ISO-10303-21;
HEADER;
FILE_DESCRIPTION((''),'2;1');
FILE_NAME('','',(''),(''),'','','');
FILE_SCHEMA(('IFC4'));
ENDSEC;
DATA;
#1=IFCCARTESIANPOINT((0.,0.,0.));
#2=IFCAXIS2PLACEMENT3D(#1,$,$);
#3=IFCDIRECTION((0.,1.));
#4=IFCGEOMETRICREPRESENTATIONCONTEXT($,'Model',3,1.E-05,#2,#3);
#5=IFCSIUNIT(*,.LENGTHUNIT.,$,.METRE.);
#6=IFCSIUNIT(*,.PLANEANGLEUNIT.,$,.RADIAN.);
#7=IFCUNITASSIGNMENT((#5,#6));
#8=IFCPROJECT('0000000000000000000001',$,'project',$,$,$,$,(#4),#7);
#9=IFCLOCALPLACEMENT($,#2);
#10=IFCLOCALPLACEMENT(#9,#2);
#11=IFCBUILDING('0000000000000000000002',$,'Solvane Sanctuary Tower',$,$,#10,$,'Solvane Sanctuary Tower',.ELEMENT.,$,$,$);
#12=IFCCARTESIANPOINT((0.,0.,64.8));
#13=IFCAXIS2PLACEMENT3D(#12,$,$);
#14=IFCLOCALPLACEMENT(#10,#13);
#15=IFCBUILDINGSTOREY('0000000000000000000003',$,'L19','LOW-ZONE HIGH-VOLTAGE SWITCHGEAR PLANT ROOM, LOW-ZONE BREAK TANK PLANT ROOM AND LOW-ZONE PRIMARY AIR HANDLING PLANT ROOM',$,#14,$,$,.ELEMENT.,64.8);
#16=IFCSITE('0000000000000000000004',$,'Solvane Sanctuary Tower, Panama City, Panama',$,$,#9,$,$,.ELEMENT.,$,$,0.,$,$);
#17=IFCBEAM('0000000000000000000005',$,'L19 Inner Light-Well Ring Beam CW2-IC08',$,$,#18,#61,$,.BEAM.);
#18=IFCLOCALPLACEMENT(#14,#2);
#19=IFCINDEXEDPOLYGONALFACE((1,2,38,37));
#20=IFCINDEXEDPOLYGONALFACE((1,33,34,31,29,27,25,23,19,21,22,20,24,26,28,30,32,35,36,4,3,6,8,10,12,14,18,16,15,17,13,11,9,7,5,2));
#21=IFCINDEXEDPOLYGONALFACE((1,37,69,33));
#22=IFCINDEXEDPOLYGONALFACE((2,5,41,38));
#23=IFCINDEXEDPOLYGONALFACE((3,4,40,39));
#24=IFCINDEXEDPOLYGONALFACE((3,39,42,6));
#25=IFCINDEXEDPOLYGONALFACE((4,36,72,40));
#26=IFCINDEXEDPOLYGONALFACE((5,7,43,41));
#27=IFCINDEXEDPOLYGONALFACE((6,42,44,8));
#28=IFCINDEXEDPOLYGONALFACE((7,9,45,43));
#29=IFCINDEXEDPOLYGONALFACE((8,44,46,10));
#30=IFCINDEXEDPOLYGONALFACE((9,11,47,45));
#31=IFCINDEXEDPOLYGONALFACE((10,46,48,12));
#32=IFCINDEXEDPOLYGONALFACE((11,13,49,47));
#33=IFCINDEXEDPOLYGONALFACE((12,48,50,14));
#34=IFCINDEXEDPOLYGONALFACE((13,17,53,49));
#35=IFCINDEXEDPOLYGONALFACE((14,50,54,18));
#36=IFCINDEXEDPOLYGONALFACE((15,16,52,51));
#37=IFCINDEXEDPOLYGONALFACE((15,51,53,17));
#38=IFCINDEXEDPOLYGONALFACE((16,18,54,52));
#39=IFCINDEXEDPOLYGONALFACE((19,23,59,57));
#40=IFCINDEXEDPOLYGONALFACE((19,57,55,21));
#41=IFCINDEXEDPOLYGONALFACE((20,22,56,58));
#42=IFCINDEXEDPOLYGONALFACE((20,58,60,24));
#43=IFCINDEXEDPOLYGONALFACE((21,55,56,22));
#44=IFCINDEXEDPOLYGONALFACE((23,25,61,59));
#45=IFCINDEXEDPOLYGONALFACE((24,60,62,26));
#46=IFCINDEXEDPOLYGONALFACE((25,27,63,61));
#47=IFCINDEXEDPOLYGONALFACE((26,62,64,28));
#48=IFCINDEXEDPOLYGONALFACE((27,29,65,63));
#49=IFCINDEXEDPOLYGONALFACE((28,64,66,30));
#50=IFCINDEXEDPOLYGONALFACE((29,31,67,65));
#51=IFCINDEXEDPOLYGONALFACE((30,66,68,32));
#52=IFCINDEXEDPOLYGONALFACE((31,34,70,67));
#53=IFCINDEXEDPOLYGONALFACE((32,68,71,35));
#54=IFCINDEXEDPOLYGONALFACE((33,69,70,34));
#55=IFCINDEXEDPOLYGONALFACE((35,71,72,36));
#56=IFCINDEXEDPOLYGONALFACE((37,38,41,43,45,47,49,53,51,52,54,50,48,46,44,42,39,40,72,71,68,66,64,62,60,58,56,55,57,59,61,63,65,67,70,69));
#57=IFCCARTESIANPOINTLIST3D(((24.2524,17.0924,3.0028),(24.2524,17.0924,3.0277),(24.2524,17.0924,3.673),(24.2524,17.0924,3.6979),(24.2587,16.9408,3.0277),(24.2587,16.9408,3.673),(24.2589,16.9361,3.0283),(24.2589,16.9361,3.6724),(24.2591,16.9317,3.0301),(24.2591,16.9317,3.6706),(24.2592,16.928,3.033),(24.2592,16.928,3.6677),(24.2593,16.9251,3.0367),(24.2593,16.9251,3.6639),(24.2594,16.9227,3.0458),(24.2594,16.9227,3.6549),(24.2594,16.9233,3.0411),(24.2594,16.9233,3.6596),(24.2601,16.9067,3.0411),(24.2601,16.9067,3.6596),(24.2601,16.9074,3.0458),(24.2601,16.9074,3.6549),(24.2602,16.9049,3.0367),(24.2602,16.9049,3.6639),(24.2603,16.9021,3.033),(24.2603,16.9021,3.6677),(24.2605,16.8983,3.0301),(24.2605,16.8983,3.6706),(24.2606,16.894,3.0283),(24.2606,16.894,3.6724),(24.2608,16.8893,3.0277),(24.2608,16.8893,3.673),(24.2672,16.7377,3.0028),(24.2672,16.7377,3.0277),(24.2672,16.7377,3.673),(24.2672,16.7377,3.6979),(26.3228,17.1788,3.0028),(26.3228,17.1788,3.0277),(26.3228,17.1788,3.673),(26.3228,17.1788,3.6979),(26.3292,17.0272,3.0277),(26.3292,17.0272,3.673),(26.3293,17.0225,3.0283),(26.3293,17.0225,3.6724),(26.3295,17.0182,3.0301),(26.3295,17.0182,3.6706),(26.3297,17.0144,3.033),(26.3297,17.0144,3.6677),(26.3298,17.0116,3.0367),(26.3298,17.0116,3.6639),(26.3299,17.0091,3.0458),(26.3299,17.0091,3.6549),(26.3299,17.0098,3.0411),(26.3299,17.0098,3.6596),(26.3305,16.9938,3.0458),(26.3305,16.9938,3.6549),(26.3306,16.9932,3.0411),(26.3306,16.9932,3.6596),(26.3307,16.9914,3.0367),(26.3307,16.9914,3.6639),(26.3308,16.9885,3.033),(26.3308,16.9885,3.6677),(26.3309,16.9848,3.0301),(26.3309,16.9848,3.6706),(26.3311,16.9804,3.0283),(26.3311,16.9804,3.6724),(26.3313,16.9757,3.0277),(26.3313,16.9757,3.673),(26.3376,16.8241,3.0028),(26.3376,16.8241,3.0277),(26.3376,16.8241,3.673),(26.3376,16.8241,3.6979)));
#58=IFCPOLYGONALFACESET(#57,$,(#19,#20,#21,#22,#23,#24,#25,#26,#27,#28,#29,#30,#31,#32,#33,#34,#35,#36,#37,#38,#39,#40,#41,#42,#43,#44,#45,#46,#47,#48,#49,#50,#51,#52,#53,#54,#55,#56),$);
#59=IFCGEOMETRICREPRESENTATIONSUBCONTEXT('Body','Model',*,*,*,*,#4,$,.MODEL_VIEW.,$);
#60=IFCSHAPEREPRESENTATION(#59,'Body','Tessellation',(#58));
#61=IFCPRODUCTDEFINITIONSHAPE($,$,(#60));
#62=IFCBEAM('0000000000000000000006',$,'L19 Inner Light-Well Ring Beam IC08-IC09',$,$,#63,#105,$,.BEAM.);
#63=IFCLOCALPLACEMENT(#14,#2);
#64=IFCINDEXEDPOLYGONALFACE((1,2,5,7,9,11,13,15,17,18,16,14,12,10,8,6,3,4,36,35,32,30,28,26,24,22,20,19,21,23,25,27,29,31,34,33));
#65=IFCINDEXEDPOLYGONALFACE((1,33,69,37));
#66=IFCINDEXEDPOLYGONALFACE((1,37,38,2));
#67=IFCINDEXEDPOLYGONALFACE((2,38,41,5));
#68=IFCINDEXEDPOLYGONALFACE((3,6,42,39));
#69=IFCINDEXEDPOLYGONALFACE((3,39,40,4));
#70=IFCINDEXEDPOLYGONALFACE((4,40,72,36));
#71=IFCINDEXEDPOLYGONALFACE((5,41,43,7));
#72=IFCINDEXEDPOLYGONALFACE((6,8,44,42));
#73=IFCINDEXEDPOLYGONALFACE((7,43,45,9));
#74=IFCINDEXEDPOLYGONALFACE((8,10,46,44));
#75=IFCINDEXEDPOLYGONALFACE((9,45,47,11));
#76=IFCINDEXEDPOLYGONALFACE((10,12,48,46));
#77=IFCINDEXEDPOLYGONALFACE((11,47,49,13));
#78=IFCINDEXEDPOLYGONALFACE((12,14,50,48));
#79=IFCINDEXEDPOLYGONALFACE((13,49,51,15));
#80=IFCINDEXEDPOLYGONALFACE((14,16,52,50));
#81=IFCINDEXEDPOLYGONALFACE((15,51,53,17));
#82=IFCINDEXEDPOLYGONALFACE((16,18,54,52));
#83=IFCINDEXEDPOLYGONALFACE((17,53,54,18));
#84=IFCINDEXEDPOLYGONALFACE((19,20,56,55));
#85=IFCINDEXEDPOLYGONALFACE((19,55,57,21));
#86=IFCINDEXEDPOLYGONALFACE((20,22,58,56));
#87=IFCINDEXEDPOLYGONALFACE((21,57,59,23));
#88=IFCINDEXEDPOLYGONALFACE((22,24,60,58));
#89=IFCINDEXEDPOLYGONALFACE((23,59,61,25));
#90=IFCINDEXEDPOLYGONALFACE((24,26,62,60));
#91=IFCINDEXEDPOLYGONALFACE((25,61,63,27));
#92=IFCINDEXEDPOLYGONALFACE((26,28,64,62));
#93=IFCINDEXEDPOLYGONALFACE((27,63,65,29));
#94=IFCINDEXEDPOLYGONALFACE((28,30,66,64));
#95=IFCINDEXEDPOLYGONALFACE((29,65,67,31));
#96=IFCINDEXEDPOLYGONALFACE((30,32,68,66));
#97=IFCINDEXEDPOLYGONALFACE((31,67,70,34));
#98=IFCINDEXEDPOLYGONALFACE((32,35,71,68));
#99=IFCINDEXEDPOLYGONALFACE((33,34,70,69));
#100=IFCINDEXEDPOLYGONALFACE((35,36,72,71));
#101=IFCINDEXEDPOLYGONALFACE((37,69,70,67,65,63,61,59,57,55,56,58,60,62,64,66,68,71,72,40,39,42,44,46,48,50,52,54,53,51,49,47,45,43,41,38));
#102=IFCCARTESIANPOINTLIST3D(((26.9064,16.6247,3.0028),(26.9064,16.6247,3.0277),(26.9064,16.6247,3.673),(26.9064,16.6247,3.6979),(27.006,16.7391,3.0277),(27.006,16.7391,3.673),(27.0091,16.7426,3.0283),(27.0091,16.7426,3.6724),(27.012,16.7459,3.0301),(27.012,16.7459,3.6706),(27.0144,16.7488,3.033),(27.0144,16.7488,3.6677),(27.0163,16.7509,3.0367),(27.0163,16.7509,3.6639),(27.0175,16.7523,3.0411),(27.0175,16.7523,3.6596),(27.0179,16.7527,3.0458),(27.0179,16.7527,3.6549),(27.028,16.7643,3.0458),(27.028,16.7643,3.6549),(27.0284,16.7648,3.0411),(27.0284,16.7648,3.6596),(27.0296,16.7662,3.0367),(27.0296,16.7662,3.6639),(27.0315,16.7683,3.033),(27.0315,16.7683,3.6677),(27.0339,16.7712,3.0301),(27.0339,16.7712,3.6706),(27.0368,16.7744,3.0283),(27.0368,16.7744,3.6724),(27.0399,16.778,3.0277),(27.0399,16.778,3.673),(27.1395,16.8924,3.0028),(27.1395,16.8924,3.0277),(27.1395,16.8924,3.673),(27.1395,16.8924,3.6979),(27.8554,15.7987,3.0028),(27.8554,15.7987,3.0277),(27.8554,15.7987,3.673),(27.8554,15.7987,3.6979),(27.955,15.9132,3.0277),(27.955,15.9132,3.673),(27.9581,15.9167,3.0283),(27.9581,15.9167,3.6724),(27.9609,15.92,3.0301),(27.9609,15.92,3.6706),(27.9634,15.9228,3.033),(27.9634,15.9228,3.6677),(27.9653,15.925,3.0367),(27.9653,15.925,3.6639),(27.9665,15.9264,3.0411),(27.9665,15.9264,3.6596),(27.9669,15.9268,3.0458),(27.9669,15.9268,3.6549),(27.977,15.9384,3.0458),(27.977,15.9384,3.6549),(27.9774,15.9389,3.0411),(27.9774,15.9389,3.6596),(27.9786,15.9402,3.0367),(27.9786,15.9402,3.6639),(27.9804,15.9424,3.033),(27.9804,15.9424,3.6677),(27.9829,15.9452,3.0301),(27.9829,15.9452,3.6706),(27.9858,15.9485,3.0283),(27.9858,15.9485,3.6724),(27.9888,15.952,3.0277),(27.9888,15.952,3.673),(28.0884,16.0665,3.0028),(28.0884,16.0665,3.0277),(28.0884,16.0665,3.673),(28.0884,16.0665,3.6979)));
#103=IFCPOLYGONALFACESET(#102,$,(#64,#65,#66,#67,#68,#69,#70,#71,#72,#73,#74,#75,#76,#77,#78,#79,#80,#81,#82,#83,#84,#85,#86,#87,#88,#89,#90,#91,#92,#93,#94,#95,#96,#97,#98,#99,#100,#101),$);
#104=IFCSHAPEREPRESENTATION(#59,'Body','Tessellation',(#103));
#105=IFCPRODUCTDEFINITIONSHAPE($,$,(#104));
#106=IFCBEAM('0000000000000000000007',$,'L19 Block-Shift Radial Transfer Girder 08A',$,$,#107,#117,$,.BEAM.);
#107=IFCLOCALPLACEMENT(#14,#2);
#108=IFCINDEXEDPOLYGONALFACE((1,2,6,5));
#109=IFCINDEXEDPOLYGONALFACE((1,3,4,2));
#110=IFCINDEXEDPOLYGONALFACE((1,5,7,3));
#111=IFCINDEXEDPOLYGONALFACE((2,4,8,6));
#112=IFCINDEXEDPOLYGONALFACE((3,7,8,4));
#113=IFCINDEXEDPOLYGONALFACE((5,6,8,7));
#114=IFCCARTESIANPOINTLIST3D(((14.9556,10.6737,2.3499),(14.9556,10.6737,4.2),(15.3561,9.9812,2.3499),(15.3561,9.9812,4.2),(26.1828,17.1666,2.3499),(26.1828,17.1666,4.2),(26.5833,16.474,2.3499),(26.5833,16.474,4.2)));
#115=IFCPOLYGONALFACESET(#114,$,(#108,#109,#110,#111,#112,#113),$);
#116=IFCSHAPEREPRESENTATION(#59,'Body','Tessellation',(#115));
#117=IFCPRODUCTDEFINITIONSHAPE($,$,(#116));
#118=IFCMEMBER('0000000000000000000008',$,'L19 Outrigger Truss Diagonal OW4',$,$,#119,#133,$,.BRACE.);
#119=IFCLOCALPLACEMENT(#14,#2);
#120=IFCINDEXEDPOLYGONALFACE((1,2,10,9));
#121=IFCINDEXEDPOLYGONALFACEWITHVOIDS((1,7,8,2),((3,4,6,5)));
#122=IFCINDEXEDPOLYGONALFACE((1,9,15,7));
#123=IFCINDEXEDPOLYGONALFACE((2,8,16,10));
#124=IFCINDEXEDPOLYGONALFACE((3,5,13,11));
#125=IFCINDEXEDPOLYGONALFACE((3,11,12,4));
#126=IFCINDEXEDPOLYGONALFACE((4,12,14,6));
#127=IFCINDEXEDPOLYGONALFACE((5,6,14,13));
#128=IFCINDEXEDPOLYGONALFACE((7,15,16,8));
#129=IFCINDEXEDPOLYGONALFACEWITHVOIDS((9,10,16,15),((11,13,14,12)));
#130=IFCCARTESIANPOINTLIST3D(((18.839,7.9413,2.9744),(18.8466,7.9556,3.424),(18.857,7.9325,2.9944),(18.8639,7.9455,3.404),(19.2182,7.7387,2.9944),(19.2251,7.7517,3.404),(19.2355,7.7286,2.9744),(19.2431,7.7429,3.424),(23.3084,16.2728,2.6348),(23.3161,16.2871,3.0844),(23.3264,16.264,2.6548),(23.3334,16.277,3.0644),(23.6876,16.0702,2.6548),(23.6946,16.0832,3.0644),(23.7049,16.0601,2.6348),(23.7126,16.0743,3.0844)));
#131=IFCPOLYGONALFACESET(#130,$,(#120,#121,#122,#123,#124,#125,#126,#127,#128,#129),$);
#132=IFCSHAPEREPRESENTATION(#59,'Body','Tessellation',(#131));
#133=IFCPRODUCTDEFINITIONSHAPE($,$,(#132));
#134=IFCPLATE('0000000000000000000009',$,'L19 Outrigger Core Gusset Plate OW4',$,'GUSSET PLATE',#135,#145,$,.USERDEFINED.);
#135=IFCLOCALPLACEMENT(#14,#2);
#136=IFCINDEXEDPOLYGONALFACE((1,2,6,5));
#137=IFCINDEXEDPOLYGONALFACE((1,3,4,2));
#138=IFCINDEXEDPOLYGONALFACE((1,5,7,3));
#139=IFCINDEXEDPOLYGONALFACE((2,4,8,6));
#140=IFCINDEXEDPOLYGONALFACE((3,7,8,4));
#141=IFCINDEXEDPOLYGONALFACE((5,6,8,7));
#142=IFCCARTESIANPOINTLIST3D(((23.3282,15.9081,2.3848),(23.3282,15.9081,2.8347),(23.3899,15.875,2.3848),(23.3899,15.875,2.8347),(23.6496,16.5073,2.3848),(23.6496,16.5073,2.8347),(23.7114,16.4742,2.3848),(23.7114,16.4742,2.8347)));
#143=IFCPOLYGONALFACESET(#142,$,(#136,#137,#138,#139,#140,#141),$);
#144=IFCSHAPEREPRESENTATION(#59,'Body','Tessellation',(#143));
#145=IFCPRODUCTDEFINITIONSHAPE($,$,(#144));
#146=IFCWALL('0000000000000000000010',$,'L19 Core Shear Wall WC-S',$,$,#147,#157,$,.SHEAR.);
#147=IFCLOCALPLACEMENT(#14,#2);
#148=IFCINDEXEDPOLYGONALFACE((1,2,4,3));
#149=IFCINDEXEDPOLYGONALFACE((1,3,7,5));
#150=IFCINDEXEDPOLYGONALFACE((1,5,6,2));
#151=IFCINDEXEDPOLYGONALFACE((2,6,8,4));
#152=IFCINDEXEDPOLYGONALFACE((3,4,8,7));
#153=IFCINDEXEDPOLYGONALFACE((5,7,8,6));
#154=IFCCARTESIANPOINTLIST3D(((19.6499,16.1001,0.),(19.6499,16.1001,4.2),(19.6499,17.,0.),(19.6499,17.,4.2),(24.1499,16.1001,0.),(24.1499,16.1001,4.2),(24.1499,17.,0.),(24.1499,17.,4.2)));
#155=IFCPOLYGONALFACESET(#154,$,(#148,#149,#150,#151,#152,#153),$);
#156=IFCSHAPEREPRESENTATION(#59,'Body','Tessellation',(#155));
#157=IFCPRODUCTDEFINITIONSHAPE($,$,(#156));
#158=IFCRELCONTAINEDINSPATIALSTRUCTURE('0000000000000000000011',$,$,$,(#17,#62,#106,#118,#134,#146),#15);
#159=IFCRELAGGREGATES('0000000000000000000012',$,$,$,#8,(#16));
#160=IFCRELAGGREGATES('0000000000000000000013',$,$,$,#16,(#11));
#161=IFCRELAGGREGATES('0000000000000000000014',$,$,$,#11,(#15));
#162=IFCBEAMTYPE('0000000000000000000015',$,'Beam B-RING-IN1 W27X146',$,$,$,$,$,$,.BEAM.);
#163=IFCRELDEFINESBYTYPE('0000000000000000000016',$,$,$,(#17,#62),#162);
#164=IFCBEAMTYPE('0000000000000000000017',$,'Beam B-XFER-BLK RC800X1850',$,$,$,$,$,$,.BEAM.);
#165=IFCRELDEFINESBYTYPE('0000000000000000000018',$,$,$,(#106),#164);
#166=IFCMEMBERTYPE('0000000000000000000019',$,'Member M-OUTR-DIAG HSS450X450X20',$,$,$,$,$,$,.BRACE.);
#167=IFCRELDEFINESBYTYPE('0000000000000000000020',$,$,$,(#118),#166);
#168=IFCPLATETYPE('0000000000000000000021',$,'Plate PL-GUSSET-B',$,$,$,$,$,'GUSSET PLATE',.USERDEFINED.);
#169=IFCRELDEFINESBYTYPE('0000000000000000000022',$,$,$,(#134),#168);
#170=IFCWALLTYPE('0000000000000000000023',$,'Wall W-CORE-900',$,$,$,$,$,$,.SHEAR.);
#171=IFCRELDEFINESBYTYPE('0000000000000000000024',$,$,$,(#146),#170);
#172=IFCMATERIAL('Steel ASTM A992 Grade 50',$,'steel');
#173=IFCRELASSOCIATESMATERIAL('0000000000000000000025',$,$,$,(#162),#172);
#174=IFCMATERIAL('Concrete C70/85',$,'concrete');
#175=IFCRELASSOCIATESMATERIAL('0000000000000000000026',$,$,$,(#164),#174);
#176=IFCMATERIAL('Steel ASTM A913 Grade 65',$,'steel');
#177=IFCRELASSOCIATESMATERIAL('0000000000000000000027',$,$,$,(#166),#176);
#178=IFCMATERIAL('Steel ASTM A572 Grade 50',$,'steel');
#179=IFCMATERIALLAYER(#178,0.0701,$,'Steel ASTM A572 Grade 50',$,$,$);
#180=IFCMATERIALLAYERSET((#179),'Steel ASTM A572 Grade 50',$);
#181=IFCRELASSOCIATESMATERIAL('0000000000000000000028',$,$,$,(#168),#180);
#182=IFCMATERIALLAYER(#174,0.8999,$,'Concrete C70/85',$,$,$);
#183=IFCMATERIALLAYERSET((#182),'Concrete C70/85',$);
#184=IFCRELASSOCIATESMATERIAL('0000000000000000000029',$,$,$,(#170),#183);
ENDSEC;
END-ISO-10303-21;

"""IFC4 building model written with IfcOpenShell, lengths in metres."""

from ifc_helpers import new_model, si_unit, direction, frame, frame_2d, origin, origin_2d, place, context, subcontext, project, spatial, rectangle, hollow_rectangle, i_section, extrude, material, layer, layer_set, material_profile, profile_set, type_object, element, save


model = new_model("IFC4")

# Units and contexts
model_context = context("Model", 3, precision=1e-05, world=origin(), true_north=direction((0.0, 1.0)))
body_context = subcontext(model_context, "Body", "Model", "MODEL_VIEW")
ifc_project = project(units=[si_unit("LENGTHUNIT", "METRE"), si_unit("PLANEANGLEUNIT", "RADIAN")], contexts=[model_context])

# Site, building, storey
site_placement = place(None, origin())
site = spatial("IfcSite", under=ifc_project, at=site_placement, Name="Solvane Sanctuary Tower, Panama City, Panama", CompositionType="ELEMENT", RefElevation=0.0)
building_placement = place(site_placement, origin())
building = spatial("IfcBuilding", under=site, at=building_placement, Name="Solvane Sanctuary Tower", LongName="Solvane Sanctuary Tower", CompositionType="ELEMENT")
storey_placement = place(building_placement, frame((0.0, 0.0, 64.8)))
storey = spatial("IfcBuildingStorey", under=building, at=storey_placement, Name="L19", Description="LOW-ZONE HIGH-VOLTAGE SWITCHGEAR PLANT ROOM, LOW-ZONE BREAK TANK PLANT ROOM AND LOW-ZONE PRIMARY AIR HANDLING PLANT ROOM", CompositionType="ELEMENT", Elevation=64.8)

# Shared definitions
ifc_material_1 = material(Name="Concrete C70/85", Category="concrete")

# Beams
ifc_material_2 = material(Name="Steel ASTM A913 Grade 65", Category="steel")
ifc_material_3 = material(Name="Steel ASTM A992 Grade 50", Category="steel")
ifc_material_profile_1 = material_profile(ifc_material_3, i_section(OverallWidth=0.355, OverallDepth=0.6951, WebThickness=0.0154, FlangeThickness=0.0249, FilletRadius=0.0181, at=origin_2d()), Name="W27X146")
ifc_profile_set_1 = profile_set([ifc_material_profile_1], Name="Steel ASTM A992 Grade 50")
beam_type_1 = type_object("IfcBeamType", Name="Beam B-RING-IN1 W27X146", PredefinedType="BEAM", material=ifc_profile_set_1)
beam_1_placement = place(storey_placement, frame((24.2598, 16.915, 3.3503), z_axis=(0.99913, 0.041704, 0.0), x_axis=(-0.041704, 0.99913, 0.0)))
element("IfcBeam", 1, at=beam_1_placement, inside=storey, type_object=beam_type_1, Name="L19 Inner Light-Well Ring Beam CW2-IC08", PredefinedType="BEAM", context=body_context, shape_type="SweptSolid", body=[
    extrude(i_section(OverallWidth=0.355, OverallDepth=0.6951, WebThickness=0.0154, FlangeThickness=0.0249, FilletRadius=0.0181, at=origin_2d()), origin(), (0.0, 0.0, 1.0), 2.0723),
])
beam_2_placement = place(storey_placement, frame((27.0229, 16.7585, 3.3503), z_axis=(0.754317, -0.65651, 0.0), x_axis=(0.65651, 0.754317, 0.0)))
element("IfcBeam", 2, at=beam_2_placement, inside=storey, type_object=beam_type_1, Name="L19 Inner Light-Well Ring Beam IC08-IC09", PredefinedType="BEAM", context=body_context, shape_type="SweptSolid", body=[
    extrude(i_section(OverallWidth=0.355, OverallDepth=0.6951, WebThickness=0.0154, FlangeThickness=0.0249, FilletRadius=0.0181, at=origin_2d()), origin(), (0.0, 0.0, 1.0), 1.2581),
])
ifc_material_profile_2 = material_profile(ifc_material_1, rectangle(XDim=0.8, YDim=1.8501, at=origin_2d()), Name="RC800X1850")
ifc_profile_set_2 = profile_set([ifc_material_profile_2], Name="Concrete C70/85")
beam_type_2 = type_object("IfcBeamType", Name="Beam B-XFER-BLK RC800X1850", PredefinedType="BEAM", material=ifc_profile_set_2)
beam_3_placement = place(storey_placement, frame((26.3831, 16.8203, 3.2749), z_axis=(-0.865663, -0.500627, 0.0), x_axis=(0.500627, -0.865663, 0.0)))
element("IfcBeam", 3, at=beam_3_placement, inside=storey, type_object=beam_type_2, Name="L19 Block-Shift Radial Transfer Girder 08A", PredefinedType="BEAM", context=body_context, shape_type="SweptSolid", body=[
    extrude(rectangle(XDim=0.8, YDim=1.8501, at=origin_2d()), origin(), (0.0, 0.0, 1.0), 12.9695),
])

# Member
ifc_material_profile_3 = material_profile(ifc_material_2, hollow_rectangle(XDim=0.45, YDim=0.45, WallThickness=0.02, at=origin_2d()), Name="HSS450X450X20")
ifc_profile_set_3 = profile_set([ifc_material_profile_3], Name="Steel ASTM A913 Grade 65")
member_type = type_object("IfcMemberType", Name="Member M-OUTR-DIAG HSS450X450X20", PredefinedType="BRACE", material=ifc_profile_set_3)
member_placement = place(storey_placement, frame((23.5105, 16.1736, 2.8596), z_axis=(-0.472423, -0.880641, 0.035896), x_axis=(0.881209, -0.472727, 0.0)))
element("IfcMember", 4, at=member_placement, inside=storey, type_object=member_type, Name="L19 Outrigger Truss Diagonal OW4", PredefinedType="BRACE", context=body_context, shape_type="SweptSolid", body=[
    extrude(hollow_rectangle(XDim=0.45, YDim=0.45, WallThickness=0.02, at=origin_2d()), origin(), (0.0, 0.0, 1.0), 9.4607),
])

# Plate
ifc_material_4 = material(Name="Steel ASTM A572 Grade 50", Category="steel")
ifc_layer_1 = layer(ifc_material_4, 0.0701, Name="Steel ASTM A572 Grade 50")
ifc_layer_set_1 = layer_set([ifc_layer_1], Name="Steel ASTM A572 Grade 50")
plate_type = type_object("IfcPlateType", Name="Plate PL-GUSSET-B", ElementType="GUSSET PLATE", PredefinedType="USERDEFINED", material=ifc_layer_set_1)
plate_placement = place(storey_placement, frame((23.5198, 16.1912, 2.3848), z_axis=(0.0, 0.0, 1.0), x_axis=(-0.472705, -0.881221, 0.0)))
element("IfcPlate", 5, at=plate_placement, inside=storey, type_object=plate_type, Name="L19 Outrigger Core Gusset Plate OW4", ObjectType="GUSSET PLATE", PredefinedType="USERDEFINED", context=body_context, shape_type="SweptSolid", body=[
    extrude(rectangle(XDim=0.6799, YDim=0.0701, at=origin_2d()), origin(), (0.0, 0.0, 1.0), 0.45),
])

# Wall
ifc_layer_2 = layer(ifc_material_1, 0.8999, Name="Concrete C70/85")
ifc_layer_set_2 = layer_set([ifc_layer_2], Name="Concrete C70/85")
wall_type_1 = type_object("IfcWallType", Name="Wall W-CORE-900", PredefinedType="SHEAR", material=ifc_layer_set_2)
wall_1_placement = place(storey_placement, frame((19.6499, 16.55, 0.0), z_axis=(0.0, 0.0, 1.0), x_axis=(1.0, 0.0, 0.0)))
element("IfcWall", 6, at=wall_1_placement, inside=storey, type_object=wall_type_1, Name="L19 Core Shear Wall WC-S", PredefinedType="SHEAR", context=body_context, shape_type="SweptSolid", body=[
    extrude(rectangle(XDim=4.5, YDim=0.8999, at=frame_2d((2.25, 0.0))), origin(), (0.0, 0.0, 1.0), 4.2),
])

save(model, "model.ifc")
